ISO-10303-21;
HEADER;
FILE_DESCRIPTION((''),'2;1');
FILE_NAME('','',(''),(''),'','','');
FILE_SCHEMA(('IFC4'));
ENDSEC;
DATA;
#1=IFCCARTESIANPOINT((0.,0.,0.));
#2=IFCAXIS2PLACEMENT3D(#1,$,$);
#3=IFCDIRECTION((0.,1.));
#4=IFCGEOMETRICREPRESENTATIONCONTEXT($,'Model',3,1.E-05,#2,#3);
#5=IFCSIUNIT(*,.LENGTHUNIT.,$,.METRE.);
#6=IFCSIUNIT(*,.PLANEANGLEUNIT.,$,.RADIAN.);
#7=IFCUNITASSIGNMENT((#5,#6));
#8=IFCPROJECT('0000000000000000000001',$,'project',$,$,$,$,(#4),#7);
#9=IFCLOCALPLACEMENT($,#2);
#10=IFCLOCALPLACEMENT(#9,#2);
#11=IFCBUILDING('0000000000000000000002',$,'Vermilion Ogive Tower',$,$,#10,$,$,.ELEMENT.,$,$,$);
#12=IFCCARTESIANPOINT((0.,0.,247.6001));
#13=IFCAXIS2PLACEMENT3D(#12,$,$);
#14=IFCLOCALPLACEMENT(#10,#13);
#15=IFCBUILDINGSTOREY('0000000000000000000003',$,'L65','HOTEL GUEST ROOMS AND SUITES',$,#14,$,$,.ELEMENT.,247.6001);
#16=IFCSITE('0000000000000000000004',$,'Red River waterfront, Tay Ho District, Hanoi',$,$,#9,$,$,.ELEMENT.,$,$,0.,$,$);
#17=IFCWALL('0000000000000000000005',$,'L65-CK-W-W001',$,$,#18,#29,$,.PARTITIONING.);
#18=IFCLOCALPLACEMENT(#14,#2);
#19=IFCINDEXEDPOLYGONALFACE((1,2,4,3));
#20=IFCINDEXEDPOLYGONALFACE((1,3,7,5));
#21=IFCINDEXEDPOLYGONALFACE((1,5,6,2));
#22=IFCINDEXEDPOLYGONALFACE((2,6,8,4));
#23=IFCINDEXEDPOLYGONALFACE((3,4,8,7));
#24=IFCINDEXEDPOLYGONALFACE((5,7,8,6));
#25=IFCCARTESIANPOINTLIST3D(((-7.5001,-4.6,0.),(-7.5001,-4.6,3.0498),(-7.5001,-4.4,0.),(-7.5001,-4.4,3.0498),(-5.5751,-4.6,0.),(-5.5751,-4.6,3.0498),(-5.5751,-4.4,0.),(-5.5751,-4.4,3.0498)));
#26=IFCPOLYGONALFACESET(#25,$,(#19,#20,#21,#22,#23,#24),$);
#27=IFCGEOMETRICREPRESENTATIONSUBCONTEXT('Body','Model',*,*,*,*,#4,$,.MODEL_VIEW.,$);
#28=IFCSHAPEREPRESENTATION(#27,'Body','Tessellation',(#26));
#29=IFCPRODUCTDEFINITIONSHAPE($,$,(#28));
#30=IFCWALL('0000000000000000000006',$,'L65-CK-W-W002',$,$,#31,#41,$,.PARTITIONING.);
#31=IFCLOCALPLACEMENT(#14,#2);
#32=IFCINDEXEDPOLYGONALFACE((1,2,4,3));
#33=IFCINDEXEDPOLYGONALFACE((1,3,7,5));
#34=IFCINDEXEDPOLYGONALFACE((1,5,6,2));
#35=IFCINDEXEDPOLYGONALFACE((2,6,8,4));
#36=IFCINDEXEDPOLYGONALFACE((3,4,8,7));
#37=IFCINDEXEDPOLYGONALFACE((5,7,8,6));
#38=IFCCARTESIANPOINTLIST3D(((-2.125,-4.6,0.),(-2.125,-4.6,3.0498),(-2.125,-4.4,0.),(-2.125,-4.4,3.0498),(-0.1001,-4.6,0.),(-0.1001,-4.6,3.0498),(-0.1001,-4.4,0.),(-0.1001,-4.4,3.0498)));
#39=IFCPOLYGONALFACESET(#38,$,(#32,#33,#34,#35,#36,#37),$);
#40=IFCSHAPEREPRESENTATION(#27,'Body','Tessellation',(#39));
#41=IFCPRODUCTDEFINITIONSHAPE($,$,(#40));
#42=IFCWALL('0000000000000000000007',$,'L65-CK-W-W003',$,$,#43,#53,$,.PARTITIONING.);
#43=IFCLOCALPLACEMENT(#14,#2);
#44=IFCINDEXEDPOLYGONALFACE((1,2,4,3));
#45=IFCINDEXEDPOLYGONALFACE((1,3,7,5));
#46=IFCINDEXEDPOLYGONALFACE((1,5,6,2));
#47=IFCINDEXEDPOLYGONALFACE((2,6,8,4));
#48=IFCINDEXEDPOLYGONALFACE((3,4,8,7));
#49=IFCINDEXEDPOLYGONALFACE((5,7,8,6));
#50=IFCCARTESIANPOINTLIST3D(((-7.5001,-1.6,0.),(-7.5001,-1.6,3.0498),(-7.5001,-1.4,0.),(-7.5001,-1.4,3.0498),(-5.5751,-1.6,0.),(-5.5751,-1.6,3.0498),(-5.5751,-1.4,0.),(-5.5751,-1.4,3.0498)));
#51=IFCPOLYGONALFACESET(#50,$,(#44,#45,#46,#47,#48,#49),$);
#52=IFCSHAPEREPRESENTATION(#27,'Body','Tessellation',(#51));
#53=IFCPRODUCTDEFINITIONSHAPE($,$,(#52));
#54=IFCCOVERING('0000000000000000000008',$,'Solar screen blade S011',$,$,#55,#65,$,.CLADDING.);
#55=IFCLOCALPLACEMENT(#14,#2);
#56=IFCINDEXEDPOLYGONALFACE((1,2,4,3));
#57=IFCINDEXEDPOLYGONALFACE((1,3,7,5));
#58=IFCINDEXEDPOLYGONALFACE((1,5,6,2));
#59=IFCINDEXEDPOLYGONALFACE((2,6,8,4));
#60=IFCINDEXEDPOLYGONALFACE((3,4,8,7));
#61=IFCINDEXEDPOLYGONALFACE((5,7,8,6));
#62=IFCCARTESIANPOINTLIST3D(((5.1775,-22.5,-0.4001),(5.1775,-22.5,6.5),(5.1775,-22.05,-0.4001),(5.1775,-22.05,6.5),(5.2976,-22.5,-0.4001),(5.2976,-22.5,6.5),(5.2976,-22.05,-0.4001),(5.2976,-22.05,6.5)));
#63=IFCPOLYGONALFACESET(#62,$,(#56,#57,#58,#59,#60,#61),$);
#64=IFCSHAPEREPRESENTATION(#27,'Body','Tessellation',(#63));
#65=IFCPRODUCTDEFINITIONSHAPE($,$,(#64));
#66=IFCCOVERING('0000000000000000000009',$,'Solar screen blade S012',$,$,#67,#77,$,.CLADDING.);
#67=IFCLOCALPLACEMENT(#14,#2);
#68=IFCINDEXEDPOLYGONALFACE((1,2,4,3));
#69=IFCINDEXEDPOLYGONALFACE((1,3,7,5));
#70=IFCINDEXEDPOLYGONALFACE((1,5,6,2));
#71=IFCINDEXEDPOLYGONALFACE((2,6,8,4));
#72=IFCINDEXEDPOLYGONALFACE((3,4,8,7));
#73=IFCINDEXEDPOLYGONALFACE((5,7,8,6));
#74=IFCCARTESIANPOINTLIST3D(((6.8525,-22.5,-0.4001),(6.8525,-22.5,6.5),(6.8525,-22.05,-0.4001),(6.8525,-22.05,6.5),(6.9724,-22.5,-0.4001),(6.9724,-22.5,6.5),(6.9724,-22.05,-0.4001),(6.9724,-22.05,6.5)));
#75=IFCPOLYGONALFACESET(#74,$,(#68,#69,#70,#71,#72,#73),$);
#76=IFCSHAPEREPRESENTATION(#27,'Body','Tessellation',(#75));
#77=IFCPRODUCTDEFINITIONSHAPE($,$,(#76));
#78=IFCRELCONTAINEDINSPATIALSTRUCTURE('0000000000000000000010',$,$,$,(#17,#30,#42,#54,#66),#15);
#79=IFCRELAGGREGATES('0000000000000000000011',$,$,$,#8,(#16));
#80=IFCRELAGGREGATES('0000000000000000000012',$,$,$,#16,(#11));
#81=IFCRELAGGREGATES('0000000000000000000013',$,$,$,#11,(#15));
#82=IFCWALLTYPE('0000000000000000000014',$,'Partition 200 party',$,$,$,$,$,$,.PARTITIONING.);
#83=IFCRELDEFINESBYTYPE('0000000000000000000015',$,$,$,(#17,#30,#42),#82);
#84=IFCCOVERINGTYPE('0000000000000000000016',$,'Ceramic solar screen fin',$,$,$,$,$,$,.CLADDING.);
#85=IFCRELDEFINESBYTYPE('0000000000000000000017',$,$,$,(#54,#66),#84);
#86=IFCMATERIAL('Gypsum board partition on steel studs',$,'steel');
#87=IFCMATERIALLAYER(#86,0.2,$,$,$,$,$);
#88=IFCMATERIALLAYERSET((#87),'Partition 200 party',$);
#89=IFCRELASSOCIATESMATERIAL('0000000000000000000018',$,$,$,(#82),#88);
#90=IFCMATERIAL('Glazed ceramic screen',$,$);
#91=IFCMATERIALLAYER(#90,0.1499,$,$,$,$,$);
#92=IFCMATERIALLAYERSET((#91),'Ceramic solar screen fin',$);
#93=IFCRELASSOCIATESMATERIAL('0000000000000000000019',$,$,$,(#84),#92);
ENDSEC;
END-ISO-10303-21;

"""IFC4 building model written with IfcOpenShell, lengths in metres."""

from ifc_helpers import new_model, si_unit, direction, frame, frame_2d, origin, place, context, subcontext, project, spatial, polyline, rectangle, outline, extrude, material, layer, layer_set, type_object, element, save


model = new_model("IFC4")

# Units and contexts
model_context = context("Model", 3, precision=1e-05, world=origin(), true_north=direction((0.0, 1.0)))
body_context = subcontext(model_context, "Body", "Model", "MODEL_VIEW")
ifc_project = project(units=[si_unit("LENGTHUNIT", "METRE"), si_unit("PLANEANGLEUNIT", "RADIAN")], contexts=[model_context])

# Site, building, storey
site_placement = place(None, origin())
site = spatial("IfcSite", under=ifc_project, at=site_placement, Name="Red River waterfront, Tay Ho District, Hanoi", CompositionType="ELEMENT", RefElevation=0.0)
building_placement = place(site_placement, origin())
building = spatial("IfcBuilding", under=site, at=building_placement, Name="Vermilion Ogive Tower", CompositionType="ELEMENT")
storey_placement = place(building_placement, frame((0.0, 0.0, 247.6001)))
storey = spatial("IfcBuildingStorey", under=building, at=storey_placement, Name="L65", Description="HOTEL GUEST ROOMS AND SUITES", CompositionType="ELEMENT", Elevation=247.6001)

# Walls
ifc_material_1 = material(Name="Gypsum board partition on steel studs", Category="steel")
ifc_layer_1 = layer(ifc_material_1, 0.2)
ifc_layer_set_1 = layer_set([ifc_layer_1], Name="Partition 200 party")
wall_type_1 = type_object("IfcWallType", Name="Partition 200 party", PredefinedType="PARTITIONING", material=ifc_layer_set_1)
wall_1_placement = place(storey_placement, frame((-7.5, -4.5, 0.0), z_axis=(0.0, 0.0, 1.0), x_axis=(1.0, 0.0, 0.0)))
element("IfcWall", 1, at=wall_1_placement, inside=storey, type_object=wall_type_1, Name="L65-CK-W-W001", PredefinedType="PARTITIONING", context=body_context, shape_type="SweptSolid", body=[
    extrude(rectangle(XDim=1.925, YDim=0.2, at=frame_2d((0.9624, 0.0))), origin(), (0.0, 0.0, 1.0), 3.0498),
])
wall_2_placement = place(storey_placement, frame((-2.125, -4.5, 0.0), z_axis=(0.0, 0.0, 1.0), x_axis=(1.0, 0.0, 0.0)))
element("IfcWall", 2, at=wall_2_placement, inside=storey, type_object=wall_type_1, Name="L65-CK-W-W002", PredefinedType="PARTITIONING", context=body_context, shape_type="SweptSolid", body=[
    extrude(rectangle(XDim=2.0249, YDim=0.2, at=frame_2d((1.0125, 0.0))), origin(), (0.0, 0.0, 1.0), 3.0498),
])
wall_3_placement = place(storey_placement, frame((-7.5, -1.5, 0.0), z_axis=(0.0, 0.0, 1.0), x_axis=(1.0, 0.0, 0.0)))
element("IfcWall", 3, at=wall_3_placement, inside=storey, type_object=wall_type_1, Name="L65-CK-W-W003", PredefinedType="PARTITIONING", context=body_context, shape_type="SweptSolid", body=[
    extrude(rectangle(XDim=1.925, YDim=0.2, at=frame_2d((0.9624, 0.0))), origin(), (0.0, 0.0, 1.0), 3.0498),
])

# Coverings
ifc_material_2 = material(Name="Glazed ceramic screen")
ifc_layer_2 = layer(ifc_material_2, 0.1499)
ifc_layer_set_2 = layer_set([ifc_layer_2], Name="Ceramic solar screen fin")
covering_type = type_object("IfcCoveringType", Name="Ceramic solar screen fin", PredefinedType="CLADDING", material=ifc_layer_set_2)
covering_1_placement = place(storey_placement, frame((0.0, 0.0, -0.4001)))
element("IfcCovering", 4, at=covering_1_placement, inside=storey, type_object=covering_type, Name="Solar screen blade S011", PredefinedType="CLADDING", context=body_context, shape_type="SweptSolid", body=[
    extrude(outline(polyline([(5.1775, -22.5), (5.2976, -22.5), (5.2976, -22.05), (5.1775, -22.05), (5.1775, -22.5)])), origin(), (0.0, 0.0, 1.0), 6.9001),
])
covering_2_placement = place(storey_placement, frame((0.0, 0.0, -0.4001)))
element("IfcCovering", 5, at=covering_2_placement, inside=storey, type_object=covering_type, Name="Solar screen blade S012", PredefinedType="CLADDING", context=body_context, shape_type="SweptSolid", body=[
    extrude(outline(polyline([(6.8525, -22.5), (6.9724, -22.5), (6.9724, -22.05), (6.8525, -22.05), (6.8525, -22.5)])), origin(), (0.0, 0.0, 1.0), 6.9001),
])

save(model, "model.ifc")
